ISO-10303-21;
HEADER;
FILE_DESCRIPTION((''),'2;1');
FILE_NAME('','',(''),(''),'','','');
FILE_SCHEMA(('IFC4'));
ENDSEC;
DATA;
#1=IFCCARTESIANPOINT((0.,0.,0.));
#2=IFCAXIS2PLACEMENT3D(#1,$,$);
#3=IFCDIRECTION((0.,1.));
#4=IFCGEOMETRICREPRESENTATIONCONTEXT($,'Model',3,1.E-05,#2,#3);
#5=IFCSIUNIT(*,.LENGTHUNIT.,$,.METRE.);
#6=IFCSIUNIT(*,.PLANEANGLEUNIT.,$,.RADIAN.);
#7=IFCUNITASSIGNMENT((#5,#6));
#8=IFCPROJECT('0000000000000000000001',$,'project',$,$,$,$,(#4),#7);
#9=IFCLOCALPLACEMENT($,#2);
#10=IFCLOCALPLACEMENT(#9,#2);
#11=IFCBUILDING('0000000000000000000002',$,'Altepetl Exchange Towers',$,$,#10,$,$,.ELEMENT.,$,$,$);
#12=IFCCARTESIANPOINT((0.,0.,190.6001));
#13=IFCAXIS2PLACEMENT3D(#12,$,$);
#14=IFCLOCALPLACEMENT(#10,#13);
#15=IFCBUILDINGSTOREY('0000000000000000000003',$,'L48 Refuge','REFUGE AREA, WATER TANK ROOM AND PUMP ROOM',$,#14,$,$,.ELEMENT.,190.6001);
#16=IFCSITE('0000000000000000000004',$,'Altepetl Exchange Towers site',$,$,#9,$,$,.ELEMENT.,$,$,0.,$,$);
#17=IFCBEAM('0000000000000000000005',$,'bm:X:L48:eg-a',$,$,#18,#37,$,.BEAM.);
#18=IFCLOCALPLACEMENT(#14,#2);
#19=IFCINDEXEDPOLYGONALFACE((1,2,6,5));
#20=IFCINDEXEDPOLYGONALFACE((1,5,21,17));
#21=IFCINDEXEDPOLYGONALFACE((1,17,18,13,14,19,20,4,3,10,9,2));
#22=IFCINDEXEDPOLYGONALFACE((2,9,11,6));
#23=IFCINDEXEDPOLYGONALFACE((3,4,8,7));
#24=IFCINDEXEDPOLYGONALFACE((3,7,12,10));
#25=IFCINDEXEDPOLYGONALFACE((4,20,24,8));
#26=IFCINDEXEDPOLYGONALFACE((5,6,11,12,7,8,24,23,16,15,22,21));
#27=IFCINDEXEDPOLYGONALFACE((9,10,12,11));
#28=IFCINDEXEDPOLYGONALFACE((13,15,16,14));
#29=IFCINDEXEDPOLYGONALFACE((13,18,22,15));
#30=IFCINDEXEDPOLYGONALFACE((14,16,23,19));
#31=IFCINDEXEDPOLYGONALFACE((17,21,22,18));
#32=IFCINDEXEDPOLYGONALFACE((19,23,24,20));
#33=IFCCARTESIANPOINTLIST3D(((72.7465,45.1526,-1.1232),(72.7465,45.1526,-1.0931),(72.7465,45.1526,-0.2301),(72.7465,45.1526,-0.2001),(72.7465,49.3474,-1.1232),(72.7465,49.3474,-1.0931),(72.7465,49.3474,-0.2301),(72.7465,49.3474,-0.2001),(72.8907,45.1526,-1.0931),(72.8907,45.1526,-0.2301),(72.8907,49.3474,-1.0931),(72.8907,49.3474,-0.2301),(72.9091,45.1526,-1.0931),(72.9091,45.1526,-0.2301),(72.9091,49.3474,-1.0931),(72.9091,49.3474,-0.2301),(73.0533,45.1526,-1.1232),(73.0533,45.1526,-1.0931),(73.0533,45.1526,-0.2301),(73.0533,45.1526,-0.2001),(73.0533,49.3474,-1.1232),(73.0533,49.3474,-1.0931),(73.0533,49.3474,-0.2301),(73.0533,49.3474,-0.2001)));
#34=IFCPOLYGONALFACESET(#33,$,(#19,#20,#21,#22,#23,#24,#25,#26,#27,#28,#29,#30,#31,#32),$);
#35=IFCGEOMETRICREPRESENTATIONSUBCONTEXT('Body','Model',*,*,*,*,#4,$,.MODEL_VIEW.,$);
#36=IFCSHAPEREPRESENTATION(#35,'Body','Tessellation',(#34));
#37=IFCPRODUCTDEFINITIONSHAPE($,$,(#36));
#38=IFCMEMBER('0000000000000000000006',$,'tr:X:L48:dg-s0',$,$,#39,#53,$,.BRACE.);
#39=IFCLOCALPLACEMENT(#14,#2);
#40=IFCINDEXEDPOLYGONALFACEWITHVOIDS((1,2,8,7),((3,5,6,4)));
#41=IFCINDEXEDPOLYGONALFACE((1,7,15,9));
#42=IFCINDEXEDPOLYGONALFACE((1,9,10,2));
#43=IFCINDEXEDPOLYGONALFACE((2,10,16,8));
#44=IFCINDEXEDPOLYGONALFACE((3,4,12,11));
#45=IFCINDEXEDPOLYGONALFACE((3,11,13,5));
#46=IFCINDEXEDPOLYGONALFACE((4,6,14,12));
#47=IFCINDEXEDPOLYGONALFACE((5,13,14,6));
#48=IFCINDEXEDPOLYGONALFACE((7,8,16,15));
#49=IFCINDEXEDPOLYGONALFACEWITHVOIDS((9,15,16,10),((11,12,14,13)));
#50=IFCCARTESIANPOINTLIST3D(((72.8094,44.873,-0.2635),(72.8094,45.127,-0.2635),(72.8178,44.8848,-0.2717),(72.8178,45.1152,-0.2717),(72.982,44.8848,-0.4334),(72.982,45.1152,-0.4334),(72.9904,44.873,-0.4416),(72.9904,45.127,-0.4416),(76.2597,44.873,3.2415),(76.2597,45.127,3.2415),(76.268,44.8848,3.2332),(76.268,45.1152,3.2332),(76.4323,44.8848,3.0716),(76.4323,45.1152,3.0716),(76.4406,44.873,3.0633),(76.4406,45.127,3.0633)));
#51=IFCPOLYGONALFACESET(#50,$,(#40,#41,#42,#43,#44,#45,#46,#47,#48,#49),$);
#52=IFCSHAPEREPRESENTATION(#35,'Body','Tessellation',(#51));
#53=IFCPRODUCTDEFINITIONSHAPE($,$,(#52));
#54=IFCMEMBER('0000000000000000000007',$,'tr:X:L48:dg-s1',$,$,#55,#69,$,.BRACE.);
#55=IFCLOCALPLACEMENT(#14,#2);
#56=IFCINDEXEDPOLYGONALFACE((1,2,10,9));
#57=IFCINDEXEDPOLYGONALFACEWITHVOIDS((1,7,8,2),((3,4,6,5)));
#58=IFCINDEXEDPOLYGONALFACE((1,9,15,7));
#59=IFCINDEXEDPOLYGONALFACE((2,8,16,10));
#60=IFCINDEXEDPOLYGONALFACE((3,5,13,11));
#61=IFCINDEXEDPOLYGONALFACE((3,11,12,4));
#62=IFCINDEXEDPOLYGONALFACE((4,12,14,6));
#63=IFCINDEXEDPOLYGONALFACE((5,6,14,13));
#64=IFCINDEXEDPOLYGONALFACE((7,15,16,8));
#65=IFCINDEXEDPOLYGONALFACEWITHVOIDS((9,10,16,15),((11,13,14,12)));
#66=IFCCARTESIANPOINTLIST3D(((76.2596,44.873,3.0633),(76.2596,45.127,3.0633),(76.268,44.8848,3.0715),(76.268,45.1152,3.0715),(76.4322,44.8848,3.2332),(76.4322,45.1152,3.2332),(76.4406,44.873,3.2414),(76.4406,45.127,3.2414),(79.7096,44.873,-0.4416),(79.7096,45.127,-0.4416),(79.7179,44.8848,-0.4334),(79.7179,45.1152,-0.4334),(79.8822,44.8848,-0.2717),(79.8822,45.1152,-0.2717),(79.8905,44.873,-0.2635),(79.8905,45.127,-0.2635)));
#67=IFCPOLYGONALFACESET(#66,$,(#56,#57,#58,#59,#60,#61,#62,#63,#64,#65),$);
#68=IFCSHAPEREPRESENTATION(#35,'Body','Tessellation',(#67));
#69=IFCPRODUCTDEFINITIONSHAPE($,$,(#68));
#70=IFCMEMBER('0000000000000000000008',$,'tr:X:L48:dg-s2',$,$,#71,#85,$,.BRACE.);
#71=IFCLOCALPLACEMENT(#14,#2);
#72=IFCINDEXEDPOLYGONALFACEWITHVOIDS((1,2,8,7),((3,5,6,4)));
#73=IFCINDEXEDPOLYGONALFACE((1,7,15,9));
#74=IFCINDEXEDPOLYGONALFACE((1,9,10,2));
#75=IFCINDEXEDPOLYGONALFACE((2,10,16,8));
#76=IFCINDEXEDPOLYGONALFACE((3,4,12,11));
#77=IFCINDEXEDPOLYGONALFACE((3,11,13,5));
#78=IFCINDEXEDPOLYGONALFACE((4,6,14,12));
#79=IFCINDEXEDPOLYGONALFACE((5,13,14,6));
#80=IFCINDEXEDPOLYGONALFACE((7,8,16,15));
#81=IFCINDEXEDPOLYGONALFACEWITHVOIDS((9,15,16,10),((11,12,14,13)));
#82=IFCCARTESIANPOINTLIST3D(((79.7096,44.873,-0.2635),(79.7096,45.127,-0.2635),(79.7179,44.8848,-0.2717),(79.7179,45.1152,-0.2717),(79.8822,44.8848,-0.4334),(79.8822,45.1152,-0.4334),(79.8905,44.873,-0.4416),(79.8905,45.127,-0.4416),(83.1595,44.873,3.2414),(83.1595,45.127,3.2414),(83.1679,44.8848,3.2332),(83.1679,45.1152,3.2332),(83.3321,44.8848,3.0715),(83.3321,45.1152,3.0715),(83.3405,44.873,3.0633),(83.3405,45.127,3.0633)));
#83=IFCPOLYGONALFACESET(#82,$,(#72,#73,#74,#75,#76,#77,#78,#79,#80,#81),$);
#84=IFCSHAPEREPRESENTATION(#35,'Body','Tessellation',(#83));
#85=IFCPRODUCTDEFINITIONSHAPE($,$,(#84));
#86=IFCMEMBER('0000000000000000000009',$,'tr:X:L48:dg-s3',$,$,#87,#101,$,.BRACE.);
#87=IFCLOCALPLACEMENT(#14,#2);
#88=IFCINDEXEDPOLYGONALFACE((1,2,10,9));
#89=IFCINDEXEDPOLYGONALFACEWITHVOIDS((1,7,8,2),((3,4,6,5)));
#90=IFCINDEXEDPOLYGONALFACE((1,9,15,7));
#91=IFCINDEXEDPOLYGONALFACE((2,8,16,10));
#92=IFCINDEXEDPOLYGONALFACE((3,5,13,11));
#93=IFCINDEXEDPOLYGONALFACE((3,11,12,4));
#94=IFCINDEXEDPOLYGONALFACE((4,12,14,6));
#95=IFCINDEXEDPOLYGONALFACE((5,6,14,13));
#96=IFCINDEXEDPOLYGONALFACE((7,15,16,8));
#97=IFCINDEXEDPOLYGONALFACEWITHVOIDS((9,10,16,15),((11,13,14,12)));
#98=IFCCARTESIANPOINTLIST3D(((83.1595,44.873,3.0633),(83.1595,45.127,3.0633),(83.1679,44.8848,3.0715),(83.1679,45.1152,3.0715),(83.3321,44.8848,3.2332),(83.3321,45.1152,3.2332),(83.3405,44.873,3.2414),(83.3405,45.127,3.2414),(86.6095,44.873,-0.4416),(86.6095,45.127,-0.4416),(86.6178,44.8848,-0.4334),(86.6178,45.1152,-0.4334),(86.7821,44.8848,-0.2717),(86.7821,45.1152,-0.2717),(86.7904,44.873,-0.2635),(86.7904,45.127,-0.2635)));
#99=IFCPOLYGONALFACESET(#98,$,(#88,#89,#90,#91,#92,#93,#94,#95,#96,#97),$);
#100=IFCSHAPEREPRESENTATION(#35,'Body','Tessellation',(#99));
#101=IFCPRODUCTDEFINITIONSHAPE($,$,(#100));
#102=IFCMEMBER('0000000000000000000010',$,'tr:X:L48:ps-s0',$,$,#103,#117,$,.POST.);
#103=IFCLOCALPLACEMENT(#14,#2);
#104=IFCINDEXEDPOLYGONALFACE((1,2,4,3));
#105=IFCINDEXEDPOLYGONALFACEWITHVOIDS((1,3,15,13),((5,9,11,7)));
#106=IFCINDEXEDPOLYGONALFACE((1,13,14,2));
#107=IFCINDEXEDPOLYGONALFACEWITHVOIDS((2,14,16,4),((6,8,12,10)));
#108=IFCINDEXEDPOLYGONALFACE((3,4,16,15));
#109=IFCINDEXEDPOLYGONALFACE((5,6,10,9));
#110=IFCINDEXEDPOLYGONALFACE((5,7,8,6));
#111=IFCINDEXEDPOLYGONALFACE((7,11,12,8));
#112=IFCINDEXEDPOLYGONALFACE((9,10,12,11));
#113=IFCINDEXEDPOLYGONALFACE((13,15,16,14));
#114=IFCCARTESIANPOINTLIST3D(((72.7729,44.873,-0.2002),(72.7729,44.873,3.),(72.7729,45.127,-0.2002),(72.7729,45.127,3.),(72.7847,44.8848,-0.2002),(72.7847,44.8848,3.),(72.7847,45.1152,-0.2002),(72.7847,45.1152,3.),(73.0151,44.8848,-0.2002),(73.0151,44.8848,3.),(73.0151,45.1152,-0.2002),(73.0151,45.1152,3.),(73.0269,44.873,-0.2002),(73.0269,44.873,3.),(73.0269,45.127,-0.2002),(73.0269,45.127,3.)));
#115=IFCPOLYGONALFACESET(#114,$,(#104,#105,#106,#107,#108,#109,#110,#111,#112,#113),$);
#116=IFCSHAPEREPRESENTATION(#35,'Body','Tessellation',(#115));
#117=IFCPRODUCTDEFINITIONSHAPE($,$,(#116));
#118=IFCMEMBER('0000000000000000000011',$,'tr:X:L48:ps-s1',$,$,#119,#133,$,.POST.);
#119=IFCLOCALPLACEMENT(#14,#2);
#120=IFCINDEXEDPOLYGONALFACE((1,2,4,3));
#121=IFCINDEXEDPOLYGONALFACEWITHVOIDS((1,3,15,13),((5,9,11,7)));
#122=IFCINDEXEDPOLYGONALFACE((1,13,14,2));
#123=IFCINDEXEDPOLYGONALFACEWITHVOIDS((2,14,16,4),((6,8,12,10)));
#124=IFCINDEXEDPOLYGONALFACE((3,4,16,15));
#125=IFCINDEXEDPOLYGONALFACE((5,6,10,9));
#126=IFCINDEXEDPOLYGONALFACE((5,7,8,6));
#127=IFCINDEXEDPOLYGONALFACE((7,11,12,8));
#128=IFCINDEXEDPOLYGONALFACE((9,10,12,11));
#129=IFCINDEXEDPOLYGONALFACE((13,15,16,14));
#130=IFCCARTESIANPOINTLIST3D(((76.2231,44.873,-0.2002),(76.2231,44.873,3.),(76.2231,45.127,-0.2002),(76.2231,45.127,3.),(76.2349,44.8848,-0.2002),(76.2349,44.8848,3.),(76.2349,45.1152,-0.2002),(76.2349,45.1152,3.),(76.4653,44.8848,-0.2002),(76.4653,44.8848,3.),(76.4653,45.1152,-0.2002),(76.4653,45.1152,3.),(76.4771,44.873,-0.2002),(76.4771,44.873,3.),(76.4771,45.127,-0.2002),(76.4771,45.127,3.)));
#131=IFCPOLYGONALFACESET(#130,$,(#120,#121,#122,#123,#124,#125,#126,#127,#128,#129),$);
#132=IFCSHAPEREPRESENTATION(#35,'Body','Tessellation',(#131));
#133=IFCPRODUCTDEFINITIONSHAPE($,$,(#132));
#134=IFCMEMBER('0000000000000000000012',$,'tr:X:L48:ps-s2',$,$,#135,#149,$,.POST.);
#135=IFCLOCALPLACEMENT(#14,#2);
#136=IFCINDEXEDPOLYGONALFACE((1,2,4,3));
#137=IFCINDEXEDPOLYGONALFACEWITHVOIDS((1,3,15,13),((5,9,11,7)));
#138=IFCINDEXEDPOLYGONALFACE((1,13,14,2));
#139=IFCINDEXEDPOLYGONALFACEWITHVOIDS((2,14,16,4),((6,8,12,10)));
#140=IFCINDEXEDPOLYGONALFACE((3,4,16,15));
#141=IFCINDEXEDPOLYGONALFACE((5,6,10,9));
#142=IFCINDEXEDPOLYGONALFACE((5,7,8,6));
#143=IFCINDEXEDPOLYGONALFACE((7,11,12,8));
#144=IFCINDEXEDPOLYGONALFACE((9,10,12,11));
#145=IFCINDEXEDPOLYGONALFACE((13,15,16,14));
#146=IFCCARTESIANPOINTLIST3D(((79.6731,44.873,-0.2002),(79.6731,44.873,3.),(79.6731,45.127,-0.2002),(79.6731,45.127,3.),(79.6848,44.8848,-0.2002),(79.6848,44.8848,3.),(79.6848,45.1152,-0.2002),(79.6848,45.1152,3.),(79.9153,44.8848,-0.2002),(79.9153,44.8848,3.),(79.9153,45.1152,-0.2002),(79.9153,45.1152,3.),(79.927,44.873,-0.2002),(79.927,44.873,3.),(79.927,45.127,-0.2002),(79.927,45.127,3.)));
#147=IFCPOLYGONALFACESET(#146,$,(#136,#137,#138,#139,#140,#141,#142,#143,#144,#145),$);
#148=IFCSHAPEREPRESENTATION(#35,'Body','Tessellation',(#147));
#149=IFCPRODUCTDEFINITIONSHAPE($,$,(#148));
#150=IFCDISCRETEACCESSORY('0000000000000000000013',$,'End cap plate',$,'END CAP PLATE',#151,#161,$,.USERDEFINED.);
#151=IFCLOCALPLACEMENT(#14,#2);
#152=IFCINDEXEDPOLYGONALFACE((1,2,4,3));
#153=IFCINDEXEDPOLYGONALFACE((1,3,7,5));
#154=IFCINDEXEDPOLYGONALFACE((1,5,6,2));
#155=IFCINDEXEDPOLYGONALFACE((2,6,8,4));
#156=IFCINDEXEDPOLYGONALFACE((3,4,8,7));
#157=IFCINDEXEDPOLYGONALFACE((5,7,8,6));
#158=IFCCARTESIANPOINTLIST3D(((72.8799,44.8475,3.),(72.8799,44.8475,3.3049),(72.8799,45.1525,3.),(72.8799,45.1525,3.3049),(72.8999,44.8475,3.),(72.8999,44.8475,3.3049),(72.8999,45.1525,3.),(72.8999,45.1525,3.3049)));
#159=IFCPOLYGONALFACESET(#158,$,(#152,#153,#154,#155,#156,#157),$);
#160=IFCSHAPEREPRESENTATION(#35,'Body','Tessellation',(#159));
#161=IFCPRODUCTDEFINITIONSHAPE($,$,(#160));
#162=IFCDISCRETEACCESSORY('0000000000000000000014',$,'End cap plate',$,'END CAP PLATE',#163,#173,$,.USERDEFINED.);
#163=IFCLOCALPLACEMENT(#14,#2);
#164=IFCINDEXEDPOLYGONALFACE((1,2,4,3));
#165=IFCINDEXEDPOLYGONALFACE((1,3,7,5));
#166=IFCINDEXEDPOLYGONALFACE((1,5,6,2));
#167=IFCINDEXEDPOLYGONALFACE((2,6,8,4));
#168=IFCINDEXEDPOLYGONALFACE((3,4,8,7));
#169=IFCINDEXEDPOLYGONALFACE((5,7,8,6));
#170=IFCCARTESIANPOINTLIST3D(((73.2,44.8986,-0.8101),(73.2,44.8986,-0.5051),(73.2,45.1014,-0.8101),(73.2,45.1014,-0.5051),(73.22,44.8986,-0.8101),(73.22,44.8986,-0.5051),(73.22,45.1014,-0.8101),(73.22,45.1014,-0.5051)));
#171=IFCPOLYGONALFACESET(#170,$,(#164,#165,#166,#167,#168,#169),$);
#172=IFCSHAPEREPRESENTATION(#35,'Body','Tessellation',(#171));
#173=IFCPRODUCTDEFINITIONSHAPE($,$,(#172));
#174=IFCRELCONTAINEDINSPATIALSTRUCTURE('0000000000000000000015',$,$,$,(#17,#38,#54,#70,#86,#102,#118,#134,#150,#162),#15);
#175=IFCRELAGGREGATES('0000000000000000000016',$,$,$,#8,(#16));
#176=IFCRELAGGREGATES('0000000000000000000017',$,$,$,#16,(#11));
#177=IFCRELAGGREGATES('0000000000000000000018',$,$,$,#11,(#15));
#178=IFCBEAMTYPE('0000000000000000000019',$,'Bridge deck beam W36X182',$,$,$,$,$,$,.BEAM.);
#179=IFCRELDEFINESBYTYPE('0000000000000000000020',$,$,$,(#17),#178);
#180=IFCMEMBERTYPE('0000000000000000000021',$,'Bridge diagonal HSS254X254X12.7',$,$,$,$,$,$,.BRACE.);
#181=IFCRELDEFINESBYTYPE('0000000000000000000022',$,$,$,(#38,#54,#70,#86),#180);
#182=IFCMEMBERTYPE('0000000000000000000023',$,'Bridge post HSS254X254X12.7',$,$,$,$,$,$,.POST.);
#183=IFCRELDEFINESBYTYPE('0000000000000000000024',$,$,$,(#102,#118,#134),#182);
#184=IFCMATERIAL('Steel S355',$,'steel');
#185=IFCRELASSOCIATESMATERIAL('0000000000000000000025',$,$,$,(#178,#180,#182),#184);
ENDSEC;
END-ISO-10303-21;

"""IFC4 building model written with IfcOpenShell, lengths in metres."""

from ifc_helpers import new_model, si_unit, direction, frame, origin, origin_2d, place, context, subcontext, project, spatial, rectangle, hollow_rectangle, i_section, extrude, material, material_profile, profile_set, type_object, element, save


model = new_model("IFC4")

# Units and contexts
model_context = context("Model", 3, precision=1e-05, world=origin(), true_north=direction((0.0, 1.0)))
body_context = subcontext(model_context, "Body", "Model", "MODEL_VIEW")
ifc_project = project(units=[si_unit("LENGTHUNIT", "METRE"), si_unit("PLANEANGLEUNIT", "RADIAN")], contexts=[model_context])

# Site, building, storey
site_placement = place(None, origin())
site = spatial("IfcSite", under=ifc_project, at=site_placement, Name="Altepetl Exchange Towers site", CompositionType="ELEMENT", RefElevation=0.0)
building_placement = place(site_placement, origin())
building = spatial("IfcBuilding", under=site, at=building_placement, Name="Altepetl Exchange Towers", CompositionType="ELEMENT")
storey_placement = place(building_placement, frame((0.0, 0.0, 190.6001)))
storey = spatial("IfcBuildingStorey", under=building, at=storey_placement, Name="L48 Refuge", Description="REFUGE AREA, WATER TANK ROOM AND PUMP ROOM", CompositionType="ELEMENT", Elevation=190.6001)

# Shared definitions
ifc_material = material(Name="Steel S355", Category="steel")

# Beam
ifc_material_profile_1 = material_profile(ifc_material, i_section(OverallWidth=0.3069, OverallDepth=0.9231, WebThickness=0.0183, FlangeThickness=0.03, at=origin_2d()), Name="W36X182")
ifc_profile_set_1 = profile_set([ifc_material_profile_1], Name="Steel S355")
beam_type_1 = type_object("IfcBeamType", Name="Bridge deck beam W36X182", PredefinedType="BEAM", material=ifc_profile_set_1)
beam_1_placement = place(storey_placement, frame((72.8999, 45.1526, -0.6616), z_axis=(0.0, 1.0, 0.0), x_axis=(-1.0, 0.0, 0.0)))
element("IfcBeam", 1, at=beam_1_placement, inside=storey, type_object=beam_type_1, Name="bm:X:L48:eg-a", PredefinedType="BEAM", context=body_context, shape_type="SweptSolid", body=[
    extrude(i_section(OverallWidth=0.3069, OverallDepth=0.9231, WebThickness=0.0183, FlangeThickness=0.03, at=origin_2d()), origin(), (0.0, 0.0, 1.0), 4.1948),
])

# Members
ifc_material_profile_2 = material_profile(ifc_material, hollow_rectangle(XDim=0.2539, YDim=0.2539, WallThickness=0.0117, at=origin_2d()), Name="HSS254X254X12.7")
ifc_profile_set_2 = profile_set([ifc_material_profile_2], Name="Steel S355")
member_type_1 = type_object("IfcMemberType", Name="Bridge diagonal HSS254X254X12.7", PredefinedType="BRACE", material=ifc_profile_set_2)
member_placement = place(storey_placement, frame((72.8999, 45.0, -0.3525), z_axis=(0.701525, 0.0, 0.712645), x_axis=(0.0, 1.0, 0.0)))
element("IfcMember", 2, at=member_placement, inside=storey, type_object=member_type_1, Name="tr:X:L48:dg-s0", PredefinedType="BRACE", context=body_context, shape_type="SweptSolid", body=[
    extrude(hollow_rectangle(XDim=0.2539, YDim=0.2539, WallThickness=0.0117, at=origin_2d()), origin(), (0.0, 0.0, 1.0), 4.9182),
])
for number, where, z_axis, x_axis, name in (
    (3, (76.3501, 45.0, 3.1523), (0.7015, 0.0, -0.71267), (0.0, 1.0, 0.0), "tr:X:L48:dg-s1"),
    (4, (79.8, 45.0, -0.3525), (0.7015, 0.0, 0.71267), (0.0, 1.0, 0.0), "tr:X:L48:dg-s2"),
    (5, (83.25, 45.0, 3.1523), (0.7015, 0.0, -0.71267), (0.0, 1.0, 0.0), "tr:X:L48:dg-s3"),
):
    element("IfcMember", number, at=place(storey_placement, frame(where, z_axis=z_axis, x_axis=x_axis)), inside=storey, type_object=member_type_1, Name=name, PredefinedType="BRACE", context=body_context, shape_type="SweptSolid", body=[
        extrude(hollow_rectangle(XDim=0.2539, YDim=0.2539, WallThickness=0.0117, at=origin_2d()), origin(), (0.0, 0.0, 1.0), 4.918),
    ])
ifc_material_profile_3 = material_profile(ifc_material, hollow_rectangle(XDim=0.2539, YDim=0.2539, WallThickness=0.0117, at=origin_2d()), Name="HSS254X254X12.7")
ifc_profile_set_3 = profile_set([ifc_material_profile_3], Name="Steel S355")
member_type_2 = type_object("IfcMemberType", Name="Bridge post HSS254X254X12.7", PredefinedType="POST", material=ifc_profile_set_3)
for number, where, name in (
    (6, (72.8999, 45.0, -0.2002), "tr:X:L48:ps-s0"),
    (7, (76.3501, 45.0, -0.2002), "tr:X:L48:ps-s1"),
    (8, (79.8, 45.0, -0.2002), "tr:X:L48:ps-s2"),
):
    element("IfcMember", number, at=place(storey_placement, frame(where)), inside=storey, type_object=member_type_2, Name=name, PredefinedType="POST", context=body_context, shape_type="SweptSolid", body=[
        extrude(hollow_rectangle(XDim=0.2539, YDim=0.2539, WallThickness=0.0117, at=origin_2d()), origin(), (0.0, 0.0, 1.0), 3.2002),
    ])

# Discrete accessories
discrete_accessory_1_placement = place(storey_placement, frame((72.8899, 45.0, 3.0), z_axis=(0.0, 0.0, 1.0), x_axis=(-1.0, 0.0, 0.0)))
element("IfcDiscreteAccessory", 9, at=discrete_accessory_1_placement, inside=storey, Name="End cap plate", ObjectType="END CAP PLATE", PredefinedType="USERDEFINED", context=body_context, shape_type="SweptSolid", body=[
    extrude(rectangle(XDim=0.02, YDim=0.3049, at=origin_2d()), origin(), (0.0, 0.0, 1.0), 0.3049),
])
discrete_accessory_2_placement = place(storey_placement, frame((73.21, 45.0, -0.8101)))
element("IfcDiscreteAccessory", 10, at=discrete_accessory_2_placement, inside=storey, Name="End cap plate", ObjectType="END CAP PLATE", PredefinedType="USERDEFINED", context=body_context, shape_type="SweptSolid", body=[
    extrude(rectangle(XDim=0.02, YDim=0.2029, at=origin_2d()), origin(), (0.0, 0.0, 1.0), 0.3049),
])

save(model, "model.ifc")
